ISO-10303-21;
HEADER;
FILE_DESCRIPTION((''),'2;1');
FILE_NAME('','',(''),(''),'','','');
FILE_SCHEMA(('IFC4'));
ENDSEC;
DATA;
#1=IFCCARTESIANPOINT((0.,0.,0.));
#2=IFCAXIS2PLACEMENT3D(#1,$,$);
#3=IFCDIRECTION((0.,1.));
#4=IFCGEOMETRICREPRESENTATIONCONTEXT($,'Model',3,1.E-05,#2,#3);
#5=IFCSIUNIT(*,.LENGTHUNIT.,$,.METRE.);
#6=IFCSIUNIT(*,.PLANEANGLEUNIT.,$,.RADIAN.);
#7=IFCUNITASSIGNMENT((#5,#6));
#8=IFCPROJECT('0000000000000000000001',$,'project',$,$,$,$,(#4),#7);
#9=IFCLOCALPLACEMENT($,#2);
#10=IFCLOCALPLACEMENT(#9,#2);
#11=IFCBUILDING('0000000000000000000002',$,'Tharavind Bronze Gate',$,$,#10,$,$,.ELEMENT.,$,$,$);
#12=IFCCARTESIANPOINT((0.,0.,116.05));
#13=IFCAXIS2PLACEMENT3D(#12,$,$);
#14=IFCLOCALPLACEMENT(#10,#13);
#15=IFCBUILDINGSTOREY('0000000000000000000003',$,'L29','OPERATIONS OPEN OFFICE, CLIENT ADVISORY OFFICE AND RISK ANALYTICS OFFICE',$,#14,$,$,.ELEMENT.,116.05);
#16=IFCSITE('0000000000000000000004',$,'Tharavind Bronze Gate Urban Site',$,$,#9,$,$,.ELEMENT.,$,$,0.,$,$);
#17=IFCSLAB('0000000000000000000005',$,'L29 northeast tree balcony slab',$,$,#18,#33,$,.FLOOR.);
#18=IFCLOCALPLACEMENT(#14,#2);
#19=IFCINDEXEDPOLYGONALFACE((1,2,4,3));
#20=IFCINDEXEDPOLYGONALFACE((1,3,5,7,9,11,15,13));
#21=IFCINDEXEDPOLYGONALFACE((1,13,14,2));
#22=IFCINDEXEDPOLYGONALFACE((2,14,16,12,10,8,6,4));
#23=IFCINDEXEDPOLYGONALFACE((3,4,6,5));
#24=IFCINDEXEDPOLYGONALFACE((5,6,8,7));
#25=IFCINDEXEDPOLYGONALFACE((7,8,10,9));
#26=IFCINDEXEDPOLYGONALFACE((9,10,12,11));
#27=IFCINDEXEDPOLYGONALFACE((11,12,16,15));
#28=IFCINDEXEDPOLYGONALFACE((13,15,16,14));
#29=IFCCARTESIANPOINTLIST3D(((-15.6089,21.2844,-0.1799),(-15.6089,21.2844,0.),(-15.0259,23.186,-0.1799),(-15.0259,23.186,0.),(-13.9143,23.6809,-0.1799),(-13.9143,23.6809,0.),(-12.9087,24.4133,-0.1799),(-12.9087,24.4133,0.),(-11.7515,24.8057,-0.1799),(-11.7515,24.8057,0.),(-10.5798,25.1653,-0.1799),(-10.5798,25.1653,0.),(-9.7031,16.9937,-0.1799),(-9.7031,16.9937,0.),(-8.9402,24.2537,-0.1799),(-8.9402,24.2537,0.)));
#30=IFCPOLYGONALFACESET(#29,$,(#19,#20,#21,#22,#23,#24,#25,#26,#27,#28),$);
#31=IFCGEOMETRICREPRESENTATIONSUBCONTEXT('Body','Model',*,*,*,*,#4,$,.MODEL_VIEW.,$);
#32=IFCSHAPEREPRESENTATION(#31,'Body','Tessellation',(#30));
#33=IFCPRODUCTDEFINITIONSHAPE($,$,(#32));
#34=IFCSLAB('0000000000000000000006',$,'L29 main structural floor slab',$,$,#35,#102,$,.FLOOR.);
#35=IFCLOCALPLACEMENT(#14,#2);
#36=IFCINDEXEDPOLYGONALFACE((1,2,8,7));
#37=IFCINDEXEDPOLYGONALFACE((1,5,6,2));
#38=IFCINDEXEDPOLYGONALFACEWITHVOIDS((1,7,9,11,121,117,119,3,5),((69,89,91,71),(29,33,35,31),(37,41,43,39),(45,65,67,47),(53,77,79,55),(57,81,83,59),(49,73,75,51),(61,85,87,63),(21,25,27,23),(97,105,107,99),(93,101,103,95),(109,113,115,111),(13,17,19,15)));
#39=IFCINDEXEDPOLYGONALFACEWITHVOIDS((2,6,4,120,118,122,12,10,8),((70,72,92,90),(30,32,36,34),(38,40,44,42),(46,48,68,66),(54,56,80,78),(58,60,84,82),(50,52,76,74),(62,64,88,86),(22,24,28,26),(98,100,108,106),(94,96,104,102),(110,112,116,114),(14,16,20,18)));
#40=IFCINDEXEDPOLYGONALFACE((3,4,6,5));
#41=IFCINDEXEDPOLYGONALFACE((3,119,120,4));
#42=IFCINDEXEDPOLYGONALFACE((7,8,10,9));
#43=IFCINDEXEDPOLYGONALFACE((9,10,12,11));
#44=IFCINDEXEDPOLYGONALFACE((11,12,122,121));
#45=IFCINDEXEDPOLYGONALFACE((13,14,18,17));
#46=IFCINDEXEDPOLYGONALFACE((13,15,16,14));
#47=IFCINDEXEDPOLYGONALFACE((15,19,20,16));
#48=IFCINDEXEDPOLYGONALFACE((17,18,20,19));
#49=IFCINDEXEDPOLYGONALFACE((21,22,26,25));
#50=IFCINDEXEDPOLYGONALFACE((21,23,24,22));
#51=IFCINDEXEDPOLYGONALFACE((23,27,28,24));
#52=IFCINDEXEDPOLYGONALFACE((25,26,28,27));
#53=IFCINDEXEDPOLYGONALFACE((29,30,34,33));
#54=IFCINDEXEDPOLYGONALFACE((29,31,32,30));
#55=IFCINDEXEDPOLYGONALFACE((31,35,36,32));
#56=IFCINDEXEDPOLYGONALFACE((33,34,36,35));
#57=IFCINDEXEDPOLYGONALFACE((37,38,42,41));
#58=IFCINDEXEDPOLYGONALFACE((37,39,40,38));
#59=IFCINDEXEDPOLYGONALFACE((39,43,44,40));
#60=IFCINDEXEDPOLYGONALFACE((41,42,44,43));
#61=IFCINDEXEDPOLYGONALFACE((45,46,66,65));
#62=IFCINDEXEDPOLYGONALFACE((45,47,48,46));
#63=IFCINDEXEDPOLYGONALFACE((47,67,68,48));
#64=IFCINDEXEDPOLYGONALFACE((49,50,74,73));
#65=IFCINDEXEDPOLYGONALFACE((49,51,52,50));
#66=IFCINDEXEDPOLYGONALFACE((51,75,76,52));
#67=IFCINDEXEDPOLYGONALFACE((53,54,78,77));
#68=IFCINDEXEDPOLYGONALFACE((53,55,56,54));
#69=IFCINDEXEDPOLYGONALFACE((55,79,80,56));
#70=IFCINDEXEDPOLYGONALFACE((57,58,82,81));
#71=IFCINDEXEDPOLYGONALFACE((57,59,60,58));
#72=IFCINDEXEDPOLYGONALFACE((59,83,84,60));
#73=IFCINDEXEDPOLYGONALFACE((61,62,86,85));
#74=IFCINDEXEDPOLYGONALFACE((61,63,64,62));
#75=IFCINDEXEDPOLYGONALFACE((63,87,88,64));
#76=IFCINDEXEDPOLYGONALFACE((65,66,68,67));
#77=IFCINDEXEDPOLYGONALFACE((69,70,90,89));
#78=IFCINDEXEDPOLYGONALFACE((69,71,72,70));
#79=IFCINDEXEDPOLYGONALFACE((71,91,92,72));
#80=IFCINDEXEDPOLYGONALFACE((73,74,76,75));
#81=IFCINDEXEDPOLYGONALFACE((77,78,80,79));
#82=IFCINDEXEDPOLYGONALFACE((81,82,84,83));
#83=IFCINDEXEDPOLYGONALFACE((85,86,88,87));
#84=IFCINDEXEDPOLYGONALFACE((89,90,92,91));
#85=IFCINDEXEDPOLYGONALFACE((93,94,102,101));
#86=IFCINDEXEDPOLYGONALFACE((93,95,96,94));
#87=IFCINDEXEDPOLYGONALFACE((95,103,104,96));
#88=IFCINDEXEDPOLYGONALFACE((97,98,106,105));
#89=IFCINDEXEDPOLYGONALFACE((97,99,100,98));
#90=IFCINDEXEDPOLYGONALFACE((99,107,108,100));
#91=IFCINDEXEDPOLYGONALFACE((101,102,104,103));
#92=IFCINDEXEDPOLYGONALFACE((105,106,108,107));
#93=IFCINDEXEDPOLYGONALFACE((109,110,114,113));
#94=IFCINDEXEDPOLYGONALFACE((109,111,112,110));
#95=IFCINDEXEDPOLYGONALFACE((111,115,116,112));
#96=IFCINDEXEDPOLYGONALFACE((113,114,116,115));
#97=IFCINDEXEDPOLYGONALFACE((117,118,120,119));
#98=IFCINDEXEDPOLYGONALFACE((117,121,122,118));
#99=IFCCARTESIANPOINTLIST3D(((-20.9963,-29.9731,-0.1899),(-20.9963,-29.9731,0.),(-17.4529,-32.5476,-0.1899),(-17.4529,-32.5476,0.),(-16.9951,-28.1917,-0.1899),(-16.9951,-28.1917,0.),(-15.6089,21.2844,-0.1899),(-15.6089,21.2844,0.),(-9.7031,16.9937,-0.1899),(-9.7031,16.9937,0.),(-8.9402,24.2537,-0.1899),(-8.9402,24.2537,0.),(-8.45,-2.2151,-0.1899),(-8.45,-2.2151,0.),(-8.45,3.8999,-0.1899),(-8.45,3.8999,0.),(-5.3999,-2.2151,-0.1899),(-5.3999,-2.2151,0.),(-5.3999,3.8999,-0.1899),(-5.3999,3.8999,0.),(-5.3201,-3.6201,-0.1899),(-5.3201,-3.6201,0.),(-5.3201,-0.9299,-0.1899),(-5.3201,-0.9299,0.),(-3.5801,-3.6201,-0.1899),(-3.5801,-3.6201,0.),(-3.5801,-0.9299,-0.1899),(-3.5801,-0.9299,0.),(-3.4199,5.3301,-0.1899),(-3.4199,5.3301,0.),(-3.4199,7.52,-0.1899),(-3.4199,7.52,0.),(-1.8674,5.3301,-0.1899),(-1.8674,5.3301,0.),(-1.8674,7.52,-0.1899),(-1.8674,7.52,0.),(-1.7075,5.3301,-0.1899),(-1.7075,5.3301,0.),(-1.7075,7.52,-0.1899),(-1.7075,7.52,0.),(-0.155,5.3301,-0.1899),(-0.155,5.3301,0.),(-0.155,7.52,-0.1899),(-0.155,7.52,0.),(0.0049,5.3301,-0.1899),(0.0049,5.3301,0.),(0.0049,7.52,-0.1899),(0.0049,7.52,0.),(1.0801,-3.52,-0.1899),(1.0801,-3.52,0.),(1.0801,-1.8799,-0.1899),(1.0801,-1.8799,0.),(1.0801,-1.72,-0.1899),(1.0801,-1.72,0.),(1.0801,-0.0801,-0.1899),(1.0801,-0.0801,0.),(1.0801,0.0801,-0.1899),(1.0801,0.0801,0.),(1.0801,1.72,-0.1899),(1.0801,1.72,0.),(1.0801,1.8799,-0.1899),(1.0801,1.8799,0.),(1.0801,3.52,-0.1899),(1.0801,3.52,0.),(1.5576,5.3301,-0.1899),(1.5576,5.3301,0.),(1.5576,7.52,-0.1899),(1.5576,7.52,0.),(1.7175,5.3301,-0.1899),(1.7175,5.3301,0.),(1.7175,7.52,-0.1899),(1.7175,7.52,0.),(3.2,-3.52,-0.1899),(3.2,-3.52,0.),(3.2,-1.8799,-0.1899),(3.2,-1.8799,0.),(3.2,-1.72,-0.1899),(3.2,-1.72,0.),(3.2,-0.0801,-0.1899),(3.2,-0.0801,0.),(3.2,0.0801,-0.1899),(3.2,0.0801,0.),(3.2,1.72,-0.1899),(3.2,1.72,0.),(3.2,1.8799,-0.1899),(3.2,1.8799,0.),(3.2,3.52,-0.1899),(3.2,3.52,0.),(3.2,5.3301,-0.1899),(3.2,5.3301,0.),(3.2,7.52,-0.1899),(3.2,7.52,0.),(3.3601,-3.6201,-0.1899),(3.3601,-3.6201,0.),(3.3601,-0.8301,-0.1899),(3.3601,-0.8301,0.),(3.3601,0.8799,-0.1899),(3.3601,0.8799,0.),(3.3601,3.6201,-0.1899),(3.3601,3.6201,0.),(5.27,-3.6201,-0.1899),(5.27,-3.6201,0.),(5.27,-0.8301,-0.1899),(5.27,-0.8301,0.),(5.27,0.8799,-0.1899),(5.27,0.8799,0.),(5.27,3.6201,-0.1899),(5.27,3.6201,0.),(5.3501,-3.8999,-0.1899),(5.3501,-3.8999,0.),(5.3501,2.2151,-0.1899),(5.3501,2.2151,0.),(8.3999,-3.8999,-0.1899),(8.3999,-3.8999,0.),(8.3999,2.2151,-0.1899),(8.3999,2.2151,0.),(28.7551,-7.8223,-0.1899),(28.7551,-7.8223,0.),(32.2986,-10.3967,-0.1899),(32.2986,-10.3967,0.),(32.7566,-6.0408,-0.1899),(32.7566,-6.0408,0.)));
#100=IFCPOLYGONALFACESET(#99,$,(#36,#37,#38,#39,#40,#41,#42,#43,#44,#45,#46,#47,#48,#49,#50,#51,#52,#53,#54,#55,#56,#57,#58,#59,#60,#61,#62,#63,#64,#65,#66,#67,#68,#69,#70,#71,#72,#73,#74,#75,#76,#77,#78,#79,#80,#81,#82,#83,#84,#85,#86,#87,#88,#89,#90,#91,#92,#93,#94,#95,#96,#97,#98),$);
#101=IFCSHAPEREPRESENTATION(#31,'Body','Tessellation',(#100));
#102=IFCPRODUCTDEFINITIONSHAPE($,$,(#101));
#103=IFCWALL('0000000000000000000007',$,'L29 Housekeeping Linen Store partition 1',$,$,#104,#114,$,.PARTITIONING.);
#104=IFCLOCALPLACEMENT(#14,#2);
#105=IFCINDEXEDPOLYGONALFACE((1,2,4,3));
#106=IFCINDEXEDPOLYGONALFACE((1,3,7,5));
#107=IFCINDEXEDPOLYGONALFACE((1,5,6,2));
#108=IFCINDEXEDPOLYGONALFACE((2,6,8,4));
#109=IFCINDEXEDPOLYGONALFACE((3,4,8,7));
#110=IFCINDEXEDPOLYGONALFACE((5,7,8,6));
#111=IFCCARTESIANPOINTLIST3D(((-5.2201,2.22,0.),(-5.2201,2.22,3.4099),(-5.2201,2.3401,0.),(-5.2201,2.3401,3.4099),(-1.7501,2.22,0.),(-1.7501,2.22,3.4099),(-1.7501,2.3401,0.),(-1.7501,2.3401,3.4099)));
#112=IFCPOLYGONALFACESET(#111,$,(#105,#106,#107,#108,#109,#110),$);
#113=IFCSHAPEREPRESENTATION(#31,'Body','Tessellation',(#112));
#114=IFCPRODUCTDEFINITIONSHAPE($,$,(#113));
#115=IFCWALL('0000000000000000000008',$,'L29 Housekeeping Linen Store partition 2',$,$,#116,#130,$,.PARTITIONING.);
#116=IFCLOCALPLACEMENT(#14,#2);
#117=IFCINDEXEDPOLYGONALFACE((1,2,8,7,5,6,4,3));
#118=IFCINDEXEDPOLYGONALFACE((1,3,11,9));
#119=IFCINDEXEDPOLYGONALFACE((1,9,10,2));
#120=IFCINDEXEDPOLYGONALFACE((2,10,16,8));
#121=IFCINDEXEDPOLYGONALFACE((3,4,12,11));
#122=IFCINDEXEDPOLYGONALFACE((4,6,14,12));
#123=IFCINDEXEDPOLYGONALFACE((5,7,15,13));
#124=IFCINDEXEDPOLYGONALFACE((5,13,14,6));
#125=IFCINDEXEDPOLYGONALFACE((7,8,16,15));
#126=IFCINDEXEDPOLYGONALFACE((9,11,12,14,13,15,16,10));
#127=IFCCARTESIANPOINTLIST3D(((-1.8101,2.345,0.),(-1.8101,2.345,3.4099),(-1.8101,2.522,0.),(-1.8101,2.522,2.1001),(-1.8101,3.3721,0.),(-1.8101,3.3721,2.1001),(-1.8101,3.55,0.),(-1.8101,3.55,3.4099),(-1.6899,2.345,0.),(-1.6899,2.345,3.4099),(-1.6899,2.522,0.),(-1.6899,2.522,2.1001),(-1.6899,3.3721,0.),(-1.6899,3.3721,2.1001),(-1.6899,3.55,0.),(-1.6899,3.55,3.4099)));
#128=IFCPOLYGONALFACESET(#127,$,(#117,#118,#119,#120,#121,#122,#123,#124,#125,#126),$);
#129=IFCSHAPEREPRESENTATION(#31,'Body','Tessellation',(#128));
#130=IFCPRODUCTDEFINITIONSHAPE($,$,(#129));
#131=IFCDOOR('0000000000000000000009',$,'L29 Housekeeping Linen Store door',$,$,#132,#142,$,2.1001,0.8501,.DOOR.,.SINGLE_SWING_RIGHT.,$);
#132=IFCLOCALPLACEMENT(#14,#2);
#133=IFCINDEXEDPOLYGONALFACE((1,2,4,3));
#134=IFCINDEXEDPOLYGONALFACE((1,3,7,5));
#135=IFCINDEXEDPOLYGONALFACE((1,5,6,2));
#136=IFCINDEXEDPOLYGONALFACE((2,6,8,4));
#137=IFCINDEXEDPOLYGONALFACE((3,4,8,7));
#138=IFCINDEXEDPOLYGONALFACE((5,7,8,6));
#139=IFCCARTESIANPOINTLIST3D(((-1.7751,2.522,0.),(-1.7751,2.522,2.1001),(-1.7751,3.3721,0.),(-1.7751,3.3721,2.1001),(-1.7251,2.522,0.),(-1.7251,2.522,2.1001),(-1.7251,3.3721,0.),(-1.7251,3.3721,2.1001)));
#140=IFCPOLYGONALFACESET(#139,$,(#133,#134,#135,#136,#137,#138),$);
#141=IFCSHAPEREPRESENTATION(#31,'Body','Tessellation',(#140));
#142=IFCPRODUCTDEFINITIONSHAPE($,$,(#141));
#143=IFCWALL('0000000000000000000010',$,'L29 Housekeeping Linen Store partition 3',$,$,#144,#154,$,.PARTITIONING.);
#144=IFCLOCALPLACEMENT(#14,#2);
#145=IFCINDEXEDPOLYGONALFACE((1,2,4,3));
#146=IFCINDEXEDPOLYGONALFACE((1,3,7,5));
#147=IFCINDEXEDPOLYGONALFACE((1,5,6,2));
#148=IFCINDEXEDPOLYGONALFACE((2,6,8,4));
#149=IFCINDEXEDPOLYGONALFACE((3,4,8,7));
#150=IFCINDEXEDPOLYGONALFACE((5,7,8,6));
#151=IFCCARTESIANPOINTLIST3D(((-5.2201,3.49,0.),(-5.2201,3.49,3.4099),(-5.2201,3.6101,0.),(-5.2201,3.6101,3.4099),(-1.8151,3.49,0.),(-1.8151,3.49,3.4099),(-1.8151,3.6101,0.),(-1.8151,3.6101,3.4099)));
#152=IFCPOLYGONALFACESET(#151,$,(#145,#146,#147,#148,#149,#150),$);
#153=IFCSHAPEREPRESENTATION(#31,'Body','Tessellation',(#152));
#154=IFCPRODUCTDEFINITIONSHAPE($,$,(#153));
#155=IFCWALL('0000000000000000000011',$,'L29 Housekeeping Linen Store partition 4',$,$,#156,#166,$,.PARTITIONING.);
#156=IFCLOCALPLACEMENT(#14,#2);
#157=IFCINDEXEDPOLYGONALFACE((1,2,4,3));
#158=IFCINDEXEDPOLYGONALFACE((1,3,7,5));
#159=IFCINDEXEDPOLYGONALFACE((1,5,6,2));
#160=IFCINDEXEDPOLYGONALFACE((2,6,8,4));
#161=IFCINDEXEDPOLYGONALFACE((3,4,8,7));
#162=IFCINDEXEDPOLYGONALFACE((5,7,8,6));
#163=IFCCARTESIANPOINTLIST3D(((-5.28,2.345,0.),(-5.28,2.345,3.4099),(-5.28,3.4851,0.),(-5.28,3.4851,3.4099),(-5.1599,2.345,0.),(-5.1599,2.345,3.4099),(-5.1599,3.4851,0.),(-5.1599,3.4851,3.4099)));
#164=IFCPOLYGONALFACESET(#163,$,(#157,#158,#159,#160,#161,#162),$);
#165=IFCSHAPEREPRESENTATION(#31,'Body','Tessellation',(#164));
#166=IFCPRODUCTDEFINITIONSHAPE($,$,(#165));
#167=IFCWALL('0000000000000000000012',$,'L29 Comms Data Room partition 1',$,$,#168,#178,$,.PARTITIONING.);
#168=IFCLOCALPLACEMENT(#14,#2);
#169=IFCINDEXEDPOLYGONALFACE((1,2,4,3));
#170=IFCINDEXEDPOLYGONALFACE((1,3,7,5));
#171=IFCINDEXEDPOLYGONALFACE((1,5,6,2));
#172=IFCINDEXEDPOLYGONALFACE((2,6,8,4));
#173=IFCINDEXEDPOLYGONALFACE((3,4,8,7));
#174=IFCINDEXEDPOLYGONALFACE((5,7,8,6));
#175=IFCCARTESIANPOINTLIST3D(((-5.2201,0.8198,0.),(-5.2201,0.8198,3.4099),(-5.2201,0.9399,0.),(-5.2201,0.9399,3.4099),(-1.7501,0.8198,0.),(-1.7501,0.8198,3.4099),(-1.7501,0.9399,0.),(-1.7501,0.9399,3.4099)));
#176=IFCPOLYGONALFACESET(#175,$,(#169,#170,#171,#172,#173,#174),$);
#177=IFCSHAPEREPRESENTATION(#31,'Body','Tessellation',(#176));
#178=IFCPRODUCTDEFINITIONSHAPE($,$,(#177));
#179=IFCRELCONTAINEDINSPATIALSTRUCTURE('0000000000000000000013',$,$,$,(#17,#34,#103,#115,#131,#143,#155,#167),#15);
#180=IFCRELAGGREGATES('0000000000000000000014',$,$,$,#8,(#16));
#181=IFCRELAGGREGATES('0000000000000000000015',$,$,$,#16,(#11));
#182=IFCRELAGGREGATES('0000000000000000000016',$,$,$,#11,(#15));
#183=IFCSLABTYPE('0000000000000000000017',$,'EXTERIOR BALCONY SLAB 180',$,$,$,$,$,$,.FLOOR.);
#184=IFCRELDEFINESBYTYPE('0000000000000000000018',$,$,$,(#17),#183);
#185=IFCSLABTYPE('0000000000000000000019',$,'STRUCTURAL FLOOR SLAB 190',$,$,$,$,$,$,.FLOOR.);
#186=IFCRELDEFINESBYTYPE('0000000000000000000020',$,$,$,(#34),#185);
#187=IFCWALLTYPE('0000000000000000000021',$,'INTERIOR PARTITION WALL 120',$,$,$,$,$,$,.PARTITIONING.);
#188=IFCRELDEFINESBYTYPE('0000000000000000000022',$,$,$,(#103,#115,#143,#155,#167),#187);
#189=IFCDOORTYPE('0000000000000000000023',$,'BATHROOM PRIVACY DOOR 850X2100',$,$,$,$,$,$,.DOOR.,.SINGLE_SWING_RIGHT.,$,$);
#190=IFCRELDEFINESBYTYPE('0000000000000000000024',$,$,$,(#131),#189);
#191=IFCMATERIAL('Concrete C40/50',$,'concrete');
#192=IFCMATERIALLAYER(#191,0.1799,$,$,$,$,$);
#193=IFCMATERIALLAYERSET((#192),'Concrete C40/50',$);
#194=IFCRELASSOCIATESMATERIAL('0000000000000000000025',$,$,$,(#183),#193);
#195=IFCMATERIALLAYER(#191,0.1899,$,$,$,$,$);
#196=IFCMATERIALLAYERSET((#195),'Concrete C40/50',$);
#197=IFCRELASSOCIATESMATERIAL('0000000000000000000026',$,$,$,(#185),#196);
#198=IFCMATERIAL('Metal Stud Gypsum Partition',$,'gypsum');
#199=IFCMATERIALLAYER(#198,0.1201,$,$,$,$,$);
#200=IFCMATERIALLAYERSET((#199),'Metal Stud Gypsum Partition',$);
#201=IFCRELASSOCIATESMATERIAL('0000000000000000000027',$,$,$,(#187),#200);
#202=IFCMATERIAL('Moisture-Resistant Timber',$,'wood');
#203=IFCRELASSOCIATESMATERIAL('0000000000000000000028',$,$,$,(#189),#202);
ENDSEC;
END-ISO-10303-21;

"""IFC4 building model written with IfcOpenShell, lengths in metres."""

from ifc_helpers import new_model, si_unit, direction, frame, frame_2d, origin, place, context, subcontext, project, spatial, polyline, rectangle, outline, extrude, material, layer, layer_set, type_object, element, fill, save


model = new_model("IFC4")

# Units and contexts
model_context = context("Model", 3, precision=1e-05, world=origin(), true_north=direction((0.0, 1.0)))
body_context = subcontext(model_context, "Body", "Model", "MODEL_VIEW")
ifc_project = project(units=[si_unit("LENGTHUNIT", "METRE"), si_unit("PLANEANGLEUNIT", "RADIAN")], contexts=[model_context])

# Site, building, storey
site_placement = place(None, origin())
site = spatial("IfcSite", under=ifc_project, at=site_placement, Name="Tharavind Bronze Gate Urban Site", CompositionType="ELEMENT", RefElevation=0.0)
building_placement = place(site_placement, origin())
building = spatial("IfcBuilding", under=site, at=building_placement, Name="Tharavind Bronze Gate", CompositionType="ELEMENT")
storey_placement = place(building_placement, frame((0.0, 0.0, 116.05)))
storey = spatial("IfcBuildingStorey", under=building, at=storey_placement, Name="L29", Description="OPERATIONS OPEN OFFICE, CLIENT ADVISORY OFFICE AND RISK ANALYTICS OFFICE", CompositionType="ELEMENT", Elevation=116.05)

# Slabs
ifc_material_1 = material(Name="Concrete C40/50", Category="concrete")
ifc_layer_1 = layer(ifc_material_1, 0.1799)
ifc_layer_set_1 = layer_set([ifc_layer_1], Name="Concrete C40/50")
slab_type_1 = type_object("IfcSlabType", Name="EXTERIOR BALCONY SLAB 180", PredefinedType="FLOOR", material=ifc_layer_set_1)
slab_1_placement = place(storey_placement, frame((0.0, 0.0, -0.1799)))
element("IfcSlab", 1, at=slab_1_placement, inside=storey, type_object=slab_type_1, Name="L29 northeast tree balcony slab", PredefinedType="FLOOR", context=body_context, shape_type="SweptSolid", body=[
    extrude(outline(polyline([(-10.5798, 25.1653), (-11.7515, 24.8057), (-12.9087, 24.4133), (-13.9143, 23.6809), (-15.0259, 23.186), (-15.6089, 21.2844), (-9.7031, 16.9937), (-8.9402, 24.2537), (-10.5798, 25.1653)])), origin(), (0.0, 0.0, 1.0), 0.1799),
])
ifc_layer_2 = layer(ifc_material_1, 0.1899)
ifc_layer_set_2 = layer_set([ifc_layer_2], Name="Concrete C40/50")
slab_type_2 = type_object("IfcSlabType", Name="STRUCTURAL FLOOR SLAB 190", PredefinedType="FLOOR", material=ifc_layer_set_2)
slab_2_placement = place(storey_placement, frame((0.0, 0.0, -0.1899)))
element("IfcSlab", 2, at=slab_2_placement, inside=storey, type_object=slab_type_2, Name="L29 main structural floor slab", PredefinedType="FLOOR", context=body_context, shape_type="SweptSolid", body=[
    extrude(outline(polyline([(-8.9402, 24.2537), (-9.7031, 16.9937), (-15.6089, 21.2844), (-20.9963, -29.9731), (-16.9951, -28.1917), (-17.4529, -32.5476), (32.2986, -10.3967), (28.7551, -7.8223), (32.7566, -6.0408), (-8.9402, 24.2537)]), holes=[polyline([(-5.3999, -2.2151), (-5.3999, 3.8999), (-8.45, 3.8999), (-8.45, -2.2151), (-5.3999, -2.2151)]), polyline([(5.3501, 2.2151), (5.3501, -3.8999), (8.3999, -3.8999), (8.3999, 2.2151), (5.3501, 2.2151)]), polyline([(-3.4199, 5.3301), (-1.8674, 5.3301), (-1.8674, 7.52), (-3.4199, 7.52), (-3.4199, 5.3301)]), polyline([(-1.7075, 5.3301), (-0.155, 5.3301), (-0.155, 7.52), (-1.7075, 7.52), (-1.7075, 5.3301)]), polyline([(0.0049, 5.3301), (1.5576, 5.3301), (1.5576, 7.52), (0.0049, 7.52), (0.0049, 5.3301)]), polyline([(1.7175, 5.3301), (3.2, 5.3301), (3.2, 7.52), (1.7175, 7.52), (1.7175, 5.3301)]), polyline([(1.0801, -3.52), (3.2, -3.52), (3.2, -1.8799), (1.0801, -1.8799), (1.0801, -3.52)]), polyline([(1.0801, -1.72), (3.2, -1.72), (3.2, -0.0801), (1.0801, -0.0801), (1.0801, -1.72)]), polyline([(1.0801, 0.0801), (3.2, 0.0801), (3.2, 1.72), (1.0801, 1.72), (1.0801, 0.0801)]), polyline([(1.0801, 1.8799), (3.2, 1.8799), (3.2, 3.52), (1.0801, 3.52), (1.0801, 1.8799)]), polyline([(-5.3201, -3.6201), (-3.5801, -3.6201), (-3.5801, -0.9299), (-5.3201, -0.9299), (-5.3201, -3.6201)]), polyline([(3.3601, 0.8799), (5.27, 0.8799), (5.27, 3.6201), (3.3601, 3.6201), (3.3601, 0.8799)]), polyline([(3.3601, -3.6201), (5.27, -3.6201), (5.27, -0.8301), (3.3601, -0.8301), (3.3601, -3.6201)])]), origin(), (0.0, 0.0, 1.0), 0.1899),
])

# Wall
ifc_material_2 = material(Name="Metal Stud Gypsum Partition", Category="gypsum")
ifc_layer_3 = layer(ifc_material_2, 0.1201)
ifc_layer_set_3 = layer_set([ifc_layer_3], Name="Metal Stud Gypsum Partition")
wall_type_1 = type_object("IfcWallType", Name="INTERIOR PARTITION WALL 120", PredefinedType="PARTITIONING", material=ifc_layer_set_3)
wall_1_placement = place(storey_placement, frame((-5.22, 2.28, 0.0), z_axis=(0.0, 0.0, 1.0), x_axis=(1.0, 0.0, 0.0)))
element("IfcWall", 3, at=wall_1_placement, inside=storey, type_object=wall_type_1, Name="L29 Housekeeping Linen Store partition 1", PredefinedType="PARTITIONING", context=body_context, shape_type="SweptSolid", body=[
    extrude(rectangle(XDim=3.47, YDim=0.1201, at=frame_2d((1.7349, 0.0))), origin(), (0.0, 0.0, 1.0), 3.4099),
])

# Wall, opening, door
wall_2_placement = place(storey_placement, frame((-1.75, 2.345, 0.0), z_axis=(0.0, 0.0, 1.0), x_axis=(0.0, 1.0, 0.0)))
wall_2 = element("IfcWall", 4, at=wall_2_placement, inside=storey, type_object=wall_type_1, Name="L29 Housekeeping Linen Store partition 2", PredefinedType="PARTITIONING", context=body_context, shape_type="SweptSolid", body=[
    extrude(rectangle(XDim=1.2051, YDim=0.1201, at=frame_2d((0.6025, 0.0))), origin(), (0.0, 0.0, 1.0), 3.4099),
])
opening_1_placement = place(wall_2_placement, frame((0.177, 0.0, 0.0)))
opening_1 = element("IfcOpeningElement", 5, at=opening_1_placement, cuts=wall_2, PredefinedType="OPENING", context=body_context, shape_type="SweptSolid", body=[
    extrude(rectangle(XDim=0.8501, YDim=2.1001, at=frame_2d((0.425, 1.05))), frame((0.0, 0.0701, 0.0), z_axis=(0.0, -1.0, 0.0), x_axis=(1.0, 0.0, 0.0)), (0.0, 0.0, 1.0), 0.1401),
])
ifc_material_3 = material(Name="Moisture-Resistant Timber", Category="wood")
door_type_1 = type_object("IfcDoorType", Name="BATHROOM PRIVACY DOOR 850X2100", OperationType="SINGLE_SWING_RIGHT", PredefinedType="DOOR", material=ifc_material_3)
door_1_placement = place(opening_1_placement, frame((0.8501, 0.0, 0.0), z_axis=(0.0, 0.0, 1.0), x_axis=(-1.0, 0.0, 0.0)))
door_1 = element("IfcDoor", 6, at=door_1_placement, inside=storey, type_object=door_type_1, Name="L29 Housekeeping Linen Store door", OperationType="SINGLE_SWING_RIGHT", OverallHeight=2.1001, OverallWidth=0.8501, PredefinedType="DOOR", context=body_context, shape_type="SweptSolid", body=[
    extrude(rectangle(XDim=0.8501, YDim=2.1001, at=frame_2d((0.425, 1.05))), frame((0.0, 0.0249, 0.0), z_axis=(0.0, -1.0, 0.0), x_axis=(1.0, 0.0, 0.0)), (0.0, 0.0, 1.0), 0.05),
])
fill(opening_1, door_1)

# Walls
wall_3_placement = place(storey_placement, frame((-1.8149, 3.55, 0.0), z_axis=(0.0, 0.0, 1.0), x_axis=(-1.0, 0.0, 0.0)))
element("IfcWall", 7, at=wall_3_placement, inside=storey, type_object=wall_type_1, Name="L29 Housekeeping Linen Store partition 3", PredefinedType="PARTITIONING", context=body_context, shape_type="SweptSolid", body=[
    extrude(rectangle(XDim=3.405, YDim=0.1201, at=frame_2d((1.7026, 0.0))), origin(), (0.0, 0.0, 1.0), 3.4099),
])
wall_4_placement = place(storey_placement, frame((-5.22, 3.4851, 0.0), z_axis=(0.0, 0.0, 1.0), x_axis=(0.0, -1.0, 0.0)))
element("IfcWall", 8, at=wall_4_placement, inside=storey, type_object=wall_type_1, Name="L29 Housekeeping Linen Store partition 4", PredefinedType="PARTITIONING", context=body_context, shape_type="SweptSolid", body=[
    extrude(rectangle(XDim=1.1401, YDim=0.1201, at=frame_2d((0.5701, 0.0))), origin(), (0.0, 0.0, 1.0), 3.4099),
])
wall_5_placement = place(storey_placement, frame((-5.22, 0.8799, 0.0), z_axis=(0.0, 0.0, 1.0), x_axis=(1.0, 0.0, 0.0)))
element("IfcWall", 9, at=wall_5_placement, inside=storey, type_object=wall_type_1, Name="L29 Comms Data Room partition 1", PredefinedType="PARTITIONING", context=body_context, shape_type="SweptSolid", body=[
    extrude(rectangle(XDim=3.47, YDim=0.1201, at=frame_2d((1.7349, 0.0))), origin(), (0.0, 0.0, 1.0), 3.4099),
])

save(model, "model.ifc")
